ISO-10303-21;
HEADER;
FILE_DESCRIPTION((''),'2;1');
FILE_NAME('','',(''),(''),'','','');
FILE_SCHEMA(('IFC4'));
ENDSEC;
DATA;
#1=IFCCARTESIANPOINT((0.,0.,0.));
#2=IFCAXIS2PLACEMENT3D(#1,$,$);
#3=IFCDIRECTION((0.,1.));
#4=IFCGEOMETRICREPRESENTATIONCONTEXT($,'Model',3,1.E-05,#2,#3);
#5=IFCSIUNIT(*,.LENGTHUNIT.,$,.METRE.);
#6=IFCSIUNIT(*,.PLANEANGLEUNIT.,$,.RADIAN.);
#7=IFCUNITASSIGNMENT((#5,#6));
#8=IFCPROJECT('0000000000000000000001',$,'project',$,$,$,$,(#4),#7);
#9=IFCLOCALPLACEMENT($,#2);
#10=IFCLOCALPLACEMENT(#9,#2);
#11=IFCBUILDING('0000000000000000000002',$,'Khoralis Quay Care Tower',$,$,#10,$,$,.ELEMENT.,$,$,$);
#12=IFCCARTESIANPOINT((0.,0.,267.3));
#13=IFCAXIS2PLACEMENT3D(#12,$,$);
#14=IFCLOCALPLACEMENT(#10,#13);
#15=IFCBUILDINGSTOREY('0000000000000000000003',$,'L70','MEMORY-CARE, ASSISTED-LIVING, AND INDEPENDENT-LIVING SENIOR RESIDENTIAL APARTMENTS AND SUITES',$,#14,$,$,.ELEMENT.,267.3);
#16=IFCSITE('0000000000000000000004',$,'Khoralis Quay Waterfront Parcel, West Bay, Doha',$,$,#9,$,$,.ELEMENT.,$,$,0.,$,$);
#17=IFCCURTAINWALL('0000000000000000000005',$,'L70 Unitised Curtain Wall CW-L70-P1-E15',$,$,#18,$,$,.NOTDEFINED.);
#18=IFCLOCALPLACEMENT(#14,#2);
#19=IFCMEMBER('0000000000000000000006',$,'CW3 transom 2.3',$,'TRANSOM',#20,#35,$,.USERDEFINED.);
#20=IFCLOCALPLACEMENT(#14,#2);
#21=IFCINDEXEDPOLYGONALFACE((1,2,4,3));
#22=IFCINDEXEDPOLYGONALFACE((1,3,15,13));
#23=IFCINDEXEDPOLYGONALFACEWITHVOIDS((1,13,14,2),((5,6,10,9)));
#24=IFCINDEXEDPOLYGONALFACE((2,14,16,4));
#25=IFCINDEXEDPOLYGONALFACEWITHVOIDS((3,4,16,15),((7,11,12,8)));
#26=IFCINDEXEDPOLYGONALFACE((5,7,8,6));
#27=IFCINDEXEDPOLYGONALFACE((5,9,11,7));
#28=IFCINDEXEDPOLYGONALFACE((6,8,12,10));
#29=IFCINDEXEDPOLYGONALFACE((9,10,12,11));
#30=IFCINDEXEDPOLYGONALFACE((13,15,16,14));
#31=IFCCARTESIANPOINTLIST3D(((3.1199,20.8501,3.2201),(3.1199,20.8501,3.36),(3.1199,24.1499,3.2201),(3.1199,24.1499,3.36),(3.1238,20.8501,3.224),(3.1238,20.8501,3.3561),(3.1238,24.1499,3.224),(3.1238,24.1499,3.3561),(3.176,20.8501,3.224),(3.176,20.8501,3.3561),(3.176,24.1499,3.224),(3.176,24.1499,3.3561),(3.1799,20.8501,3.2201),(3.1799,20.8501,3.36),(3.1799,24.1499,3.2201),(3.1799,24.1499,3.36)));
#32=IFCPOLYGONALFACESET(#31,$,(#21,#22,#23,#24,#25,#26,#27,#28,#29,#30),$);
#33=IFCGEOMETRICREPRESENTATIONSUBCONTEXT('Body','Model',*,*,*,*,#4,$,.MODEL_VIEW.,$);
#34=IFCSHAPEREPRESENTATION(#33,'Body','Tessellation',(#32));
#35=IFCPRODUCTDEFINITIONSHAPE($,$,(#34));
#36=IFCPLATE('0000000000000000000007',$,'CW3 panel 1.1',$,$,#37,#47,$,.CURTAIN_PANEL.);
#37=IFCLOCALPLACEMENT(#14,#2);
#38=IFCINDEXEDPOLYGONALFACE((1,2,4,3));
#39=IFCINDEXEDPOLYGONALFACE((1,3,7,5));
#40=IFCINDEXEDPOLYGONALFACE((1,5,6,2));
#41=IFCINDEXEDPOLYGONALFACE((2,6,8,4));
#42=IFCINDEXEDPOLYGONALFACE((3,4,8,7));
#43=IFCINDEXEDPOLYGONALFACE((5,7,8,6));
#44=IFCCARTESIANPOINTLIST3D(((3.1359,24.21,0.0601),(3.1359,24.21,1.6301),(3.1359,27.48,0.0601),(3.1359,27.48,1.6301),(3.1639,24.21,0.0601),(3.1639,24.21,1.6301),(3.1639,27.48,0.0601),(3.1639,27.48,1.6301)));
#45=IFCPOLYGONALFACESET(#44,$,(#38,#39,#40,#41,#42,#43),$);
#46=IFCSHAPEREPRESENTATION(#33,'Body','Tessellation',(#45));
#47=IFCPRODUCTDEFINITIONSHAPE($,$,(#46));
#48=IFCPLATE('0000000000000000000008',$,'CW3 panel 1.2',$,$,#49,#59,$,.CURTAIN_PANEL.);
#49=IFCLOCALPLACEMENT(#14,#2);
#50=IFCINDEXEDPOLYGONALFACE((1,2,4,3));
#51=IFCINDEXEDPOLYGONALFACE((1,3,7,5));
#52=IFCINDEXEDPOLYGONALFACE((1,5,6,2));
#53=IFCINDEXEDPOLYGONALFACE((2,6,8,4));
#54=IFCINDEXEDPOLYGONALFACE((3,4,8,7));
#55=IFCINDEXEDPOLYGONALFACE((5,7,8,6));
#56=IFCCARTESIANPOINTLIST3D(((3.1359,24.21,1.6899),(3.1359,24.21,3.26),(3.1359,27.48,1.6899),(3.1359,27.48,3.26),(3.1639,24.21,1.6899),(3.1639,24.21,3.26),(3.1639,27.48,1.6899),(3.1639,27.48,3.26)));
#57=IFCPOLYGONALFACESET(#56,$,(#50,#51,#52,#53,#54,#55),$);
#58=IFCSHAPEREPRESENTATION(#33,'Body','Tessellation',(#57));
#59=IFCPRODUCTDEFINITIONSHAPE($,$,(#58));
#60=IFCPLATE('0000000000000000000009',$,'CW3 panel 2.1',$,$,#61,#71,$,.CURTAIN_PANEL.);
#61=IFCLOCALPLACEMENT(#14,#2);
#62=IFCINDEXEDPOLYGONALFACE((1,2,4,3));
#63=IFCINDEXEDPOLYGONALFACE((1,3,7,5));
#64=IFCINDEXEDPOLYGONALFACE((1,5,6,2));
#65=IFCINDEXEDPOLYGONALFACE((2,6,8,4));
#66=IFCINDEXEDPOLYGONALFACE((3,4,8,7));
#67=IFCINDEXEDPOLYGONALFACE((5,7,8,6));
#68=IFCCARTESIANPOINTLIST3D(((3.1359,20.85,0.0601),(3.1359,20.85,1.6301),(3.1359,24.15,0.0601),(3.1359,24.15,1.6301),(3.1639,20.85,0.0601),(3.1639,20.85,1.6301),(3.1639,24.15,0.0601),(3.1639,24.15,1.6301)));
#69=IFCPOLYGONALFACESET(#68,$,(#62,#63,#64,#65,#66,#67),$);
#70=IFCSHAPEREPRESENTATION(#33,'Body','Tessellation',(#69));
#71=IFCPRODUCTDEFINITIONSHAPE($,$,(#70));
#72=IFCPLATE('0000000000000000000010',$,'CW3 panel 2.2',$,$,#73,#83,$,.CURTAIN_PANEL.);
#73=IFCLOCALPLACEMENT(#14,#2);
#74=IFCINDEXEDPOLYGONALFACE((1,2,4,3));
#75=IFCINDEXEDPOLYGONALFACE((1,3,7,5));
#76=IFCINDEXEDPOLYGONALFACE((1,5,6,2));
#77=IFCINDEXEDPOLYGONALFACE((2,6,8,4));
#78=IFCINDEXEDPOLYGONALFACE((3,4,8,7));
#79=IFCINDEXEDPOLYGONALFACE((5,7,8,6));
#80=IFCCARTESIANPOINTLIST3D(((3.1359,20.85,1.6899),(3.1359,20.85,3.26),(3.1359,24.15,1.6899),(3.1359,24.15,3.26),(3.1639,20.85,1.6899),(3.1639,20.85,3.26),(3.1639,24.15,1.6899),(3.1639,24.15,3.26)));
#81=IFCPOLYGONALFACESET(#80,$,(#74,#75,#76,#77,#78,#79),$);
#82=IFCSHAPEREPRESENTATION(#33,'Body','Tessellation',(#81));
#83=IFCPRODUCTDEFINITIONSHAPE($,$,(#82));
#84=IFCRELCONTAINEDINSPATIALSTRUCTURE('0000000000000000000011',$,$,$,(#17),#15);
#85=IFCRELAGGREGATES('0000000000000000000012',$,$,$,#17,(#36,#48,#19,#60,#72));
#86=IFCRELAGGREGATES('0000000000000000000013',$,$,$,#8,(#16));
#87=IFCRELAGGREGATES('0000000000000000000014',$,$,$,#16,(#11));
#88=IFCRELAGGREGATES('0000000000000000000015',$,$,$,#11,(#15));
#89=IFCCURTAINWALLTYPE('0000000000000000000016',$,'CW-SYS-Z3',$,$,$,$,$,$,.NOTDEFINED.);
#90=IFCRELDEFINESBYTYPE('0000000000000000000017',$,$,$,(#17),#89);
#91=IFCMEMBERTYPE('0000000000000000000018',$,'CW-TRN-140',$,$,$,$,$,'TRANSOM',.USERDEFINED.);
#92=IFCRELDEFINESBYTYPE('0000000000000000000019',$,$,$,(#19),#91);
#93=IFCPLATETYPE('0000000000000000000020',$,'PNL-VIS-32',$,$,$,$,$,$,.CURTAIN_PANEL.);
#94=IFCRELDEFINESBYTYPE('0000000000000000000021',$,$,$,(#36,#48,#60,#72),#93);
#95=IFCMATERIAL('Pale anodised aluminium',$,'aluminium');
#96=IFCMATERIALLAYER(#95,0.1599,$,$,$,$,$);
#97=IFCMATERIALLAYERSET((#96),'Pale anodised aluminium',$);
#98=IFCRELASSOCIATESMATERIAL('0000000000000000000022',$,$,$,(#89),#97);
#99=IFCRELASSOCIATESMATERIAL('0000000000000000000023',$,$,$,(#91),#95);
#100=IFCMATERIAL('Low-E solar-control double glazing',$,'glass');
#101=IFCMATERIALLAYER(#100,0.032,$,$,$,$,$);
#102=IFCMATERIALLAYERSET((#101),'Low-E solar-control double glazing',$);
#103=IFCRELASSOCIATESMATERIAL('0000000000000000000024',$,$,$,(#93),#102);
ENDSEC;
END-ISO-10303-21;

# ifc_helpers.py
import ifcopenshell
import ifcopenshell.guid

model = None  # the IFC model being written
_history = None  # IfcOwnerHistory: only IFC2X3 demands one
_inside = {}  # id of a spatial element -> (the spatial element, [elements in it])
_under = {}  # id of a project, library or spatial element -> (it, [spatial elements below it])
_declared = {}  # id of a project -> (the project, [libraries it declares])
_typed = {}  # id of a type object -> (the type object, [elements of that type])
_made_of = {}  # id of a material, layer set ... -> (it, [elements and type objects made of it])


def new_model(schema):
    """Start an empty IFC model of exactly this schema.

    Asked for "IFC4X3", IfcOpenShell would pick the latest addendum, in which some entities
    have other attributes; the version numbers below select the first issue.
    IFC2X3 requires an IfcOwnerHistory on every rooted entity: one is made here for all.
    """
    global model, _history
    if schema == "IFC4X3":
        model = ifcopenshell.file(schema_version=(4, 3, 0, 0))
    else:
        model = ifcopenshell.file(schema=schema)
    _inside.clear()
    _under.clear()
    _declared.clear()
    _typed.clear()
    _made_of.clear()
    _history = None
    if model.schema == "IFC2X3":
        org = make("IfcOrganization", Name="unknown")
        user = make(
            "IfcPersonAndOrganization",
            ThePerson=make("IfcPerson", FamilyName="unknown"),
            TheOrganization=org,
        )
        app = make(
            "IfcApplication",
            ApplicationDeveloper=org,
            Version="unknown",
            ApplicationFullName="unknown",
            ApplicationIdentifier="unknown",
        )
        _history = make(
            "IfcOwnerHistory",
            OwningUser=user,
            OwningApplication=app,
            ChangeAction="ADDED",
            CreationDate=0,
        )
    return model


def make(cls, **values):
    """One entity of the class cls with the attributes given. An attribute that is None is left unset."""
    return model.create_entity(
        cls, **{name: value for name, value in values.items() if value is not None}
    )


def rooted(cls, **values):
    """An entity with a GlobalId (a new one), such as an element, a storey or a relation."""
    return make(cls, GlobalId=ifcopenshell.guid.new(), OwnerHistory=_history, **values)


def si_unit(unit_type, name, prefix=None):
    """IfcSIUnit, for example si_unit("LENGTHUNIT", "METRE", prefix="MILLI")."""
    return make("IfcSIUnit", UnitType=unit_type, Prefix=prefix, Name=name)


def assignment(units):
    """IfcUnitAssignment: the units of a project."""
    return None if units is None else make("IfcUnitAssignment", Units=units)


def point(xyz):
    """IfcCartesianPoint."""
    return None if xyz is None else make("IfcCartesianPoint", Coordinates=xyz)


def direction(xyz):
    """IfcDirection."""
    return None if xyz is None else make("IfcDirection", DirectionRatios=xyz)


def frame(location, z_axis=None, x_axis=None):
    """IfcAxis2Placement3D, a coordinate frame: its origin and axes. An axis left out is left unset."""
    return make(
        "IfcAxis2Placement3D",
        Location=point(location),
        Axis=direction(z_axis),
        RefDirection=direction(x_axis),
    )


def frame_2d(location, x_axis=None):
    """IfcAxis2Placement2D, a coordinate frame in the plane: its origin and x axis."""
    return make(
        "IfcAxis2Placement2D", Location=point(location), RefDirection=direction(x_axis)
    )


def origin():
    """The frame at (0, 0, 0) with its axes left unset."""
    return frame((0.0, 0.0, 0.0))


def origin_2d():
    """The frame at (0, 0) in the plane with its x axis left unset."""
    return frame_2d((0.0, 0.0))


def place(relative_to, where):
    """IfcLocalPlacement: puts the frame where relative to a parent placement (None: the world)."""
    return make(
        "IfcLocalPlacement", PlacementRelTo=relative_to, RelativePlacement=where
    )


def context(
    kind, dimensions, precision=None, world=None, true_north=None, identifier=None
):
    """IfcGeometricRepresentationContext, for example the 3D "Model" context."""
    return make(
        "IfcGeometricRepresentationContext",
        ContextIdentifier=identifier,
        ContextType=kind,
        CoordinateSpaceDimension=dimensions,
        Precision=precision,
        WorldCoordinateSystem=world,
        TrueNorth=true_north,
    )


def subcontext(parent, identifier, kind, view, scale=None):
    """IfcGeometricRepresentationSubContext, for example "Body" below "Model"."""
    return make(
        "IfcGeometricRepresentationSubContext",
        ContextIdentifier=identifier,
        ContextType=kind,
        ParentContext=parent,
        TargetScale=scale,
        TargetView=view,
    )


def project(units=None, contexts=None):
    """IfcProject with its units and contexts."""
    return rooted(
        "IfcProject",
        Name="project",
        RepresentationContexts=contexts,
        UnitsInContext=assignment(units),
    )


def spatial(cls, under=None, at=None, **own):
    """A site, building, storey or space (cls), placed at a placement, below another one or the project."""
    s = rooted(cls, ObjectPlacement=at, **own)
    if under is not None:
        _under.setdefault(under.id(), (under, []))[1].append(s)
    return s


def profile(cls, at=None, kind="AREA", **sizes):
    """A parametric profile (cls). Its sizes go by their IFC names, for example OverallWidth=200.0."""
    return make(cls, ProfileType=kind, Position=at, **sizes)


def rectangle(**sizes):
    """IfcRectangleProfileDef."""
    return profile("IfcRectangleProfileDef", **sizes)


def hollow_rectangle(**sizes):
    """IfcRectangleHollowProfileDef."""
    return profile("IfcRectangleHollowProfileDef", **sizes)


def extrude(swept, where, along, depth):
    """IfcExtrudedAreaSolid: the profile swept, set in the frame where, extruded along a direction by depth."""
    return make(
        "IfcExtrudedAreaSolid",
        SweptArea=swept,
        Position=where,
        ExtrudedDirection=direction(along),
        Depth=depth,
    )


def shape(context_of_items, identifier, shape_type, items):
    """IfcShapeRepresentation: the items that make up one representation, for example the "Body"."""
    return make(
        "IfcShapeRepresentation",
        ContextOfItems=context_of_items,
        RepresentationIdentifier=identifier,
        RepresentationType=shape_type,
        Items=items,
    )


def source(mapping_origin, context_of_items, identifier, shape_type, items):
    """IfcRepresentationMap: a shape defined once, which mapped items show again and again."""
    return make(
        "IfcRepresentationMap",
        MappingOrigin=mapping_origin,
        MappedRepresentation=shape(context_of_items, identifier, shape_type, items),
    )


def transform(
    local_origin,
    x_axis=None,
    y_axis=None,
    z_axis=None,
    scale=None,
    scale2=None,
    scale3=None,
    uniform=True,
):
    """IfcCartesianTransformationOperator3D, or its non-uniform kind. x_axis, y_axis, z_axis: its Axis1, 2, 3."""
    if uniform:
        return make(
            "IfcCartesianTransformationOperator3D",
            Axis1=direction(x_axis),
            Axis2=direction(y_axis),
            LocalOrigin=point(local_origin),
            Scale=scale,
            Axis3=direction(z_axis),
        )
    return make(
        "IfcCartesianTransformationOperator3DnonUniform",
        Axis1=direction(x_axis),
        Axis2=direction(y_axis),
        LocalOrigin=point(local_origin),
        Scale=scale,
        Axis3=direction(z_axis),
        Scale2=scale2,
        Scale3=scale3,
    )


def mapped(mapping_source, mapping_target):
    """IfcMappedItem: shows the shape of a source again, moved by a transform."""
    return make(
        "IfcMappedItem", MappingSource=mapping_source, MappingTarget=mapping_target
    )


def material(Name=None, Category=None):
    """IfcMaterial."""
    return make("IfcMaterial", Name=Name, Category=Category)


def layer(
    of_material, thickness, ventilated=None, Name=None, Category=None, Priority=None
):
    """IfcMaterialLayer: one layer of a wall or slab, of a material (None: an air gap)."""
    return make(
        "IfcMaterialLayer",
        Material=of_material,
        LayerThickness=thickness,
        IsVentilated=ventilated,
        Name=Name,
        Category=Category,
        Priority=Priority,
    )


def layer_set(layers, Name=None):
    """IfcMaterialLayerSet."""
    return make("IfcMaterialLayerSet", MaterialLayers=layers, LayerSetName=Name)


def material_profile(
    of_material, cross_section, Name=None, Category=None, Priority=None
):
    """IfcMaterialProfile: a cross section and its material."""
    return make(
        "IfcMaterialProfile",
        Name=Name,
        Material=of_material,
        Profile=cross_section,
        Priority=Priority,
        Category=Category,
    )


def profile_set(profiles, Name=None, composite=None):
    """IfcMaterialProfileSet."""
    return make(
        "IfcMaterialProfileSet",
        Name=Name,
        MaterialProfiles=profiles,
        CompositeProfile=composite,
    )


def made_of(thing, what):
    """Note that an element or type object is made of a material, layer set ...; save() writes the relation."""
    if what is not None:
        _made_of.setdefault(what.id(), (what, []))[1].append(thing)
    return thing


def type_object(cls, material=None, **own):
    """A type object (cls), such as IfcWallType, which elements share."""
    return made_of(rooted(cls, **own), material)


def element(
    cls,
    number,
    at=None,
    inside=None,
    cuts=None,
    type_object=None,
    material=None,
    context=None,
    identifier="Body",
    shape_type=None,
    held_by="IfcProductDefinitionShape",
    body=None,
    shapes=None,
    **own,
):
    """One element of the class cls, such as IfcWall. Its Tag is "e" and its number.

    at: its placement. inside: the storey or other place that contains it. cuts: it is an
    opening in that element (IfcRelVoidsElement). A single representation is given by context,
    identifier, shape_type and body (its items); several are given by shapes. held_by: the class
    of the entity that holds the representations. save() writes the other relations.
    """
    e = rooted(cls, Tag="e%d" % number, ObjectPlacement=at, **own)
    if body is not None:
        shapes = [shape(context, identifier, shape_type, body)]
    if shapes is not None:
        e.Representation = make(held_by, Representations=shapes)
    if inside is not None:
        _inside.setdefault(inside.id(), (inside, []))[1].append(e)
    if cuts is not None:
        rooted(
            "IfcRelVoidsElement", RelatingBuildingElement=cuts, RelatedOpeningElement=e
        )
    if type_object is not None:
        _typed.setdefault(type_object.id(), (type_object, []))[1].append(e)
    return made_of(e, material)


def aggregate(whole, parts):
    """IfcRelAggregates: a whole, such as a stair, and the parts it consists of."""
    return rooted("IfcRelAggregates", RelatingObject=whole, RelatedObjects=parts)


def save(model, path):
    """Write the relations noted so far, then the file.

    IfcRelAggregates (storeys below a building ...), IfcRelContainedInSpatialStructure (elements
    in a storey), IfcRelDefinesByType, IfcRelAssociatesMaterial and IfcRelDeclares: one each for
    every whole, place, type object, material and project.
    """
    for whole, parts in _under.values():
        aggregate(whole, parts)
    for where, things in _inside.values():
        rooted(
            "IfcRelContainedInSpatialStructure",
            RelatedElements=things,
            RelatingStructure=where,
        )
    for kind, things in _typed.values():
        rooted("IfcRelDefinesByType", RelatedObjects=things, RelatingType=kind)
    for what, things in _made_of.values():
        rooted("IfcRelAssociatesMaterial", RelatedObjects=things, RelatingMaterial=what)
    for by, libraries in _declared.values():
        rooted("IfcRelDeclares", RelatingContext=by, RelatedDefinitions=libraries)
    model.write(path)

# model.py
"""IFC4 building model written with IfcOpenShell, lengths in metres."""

from ifc_helpers import new_model, si_unit, direction, frame, origin, origin_2d, place, context, subcontext, project, spatial, rectangle, hollow_rectangle, extrude, source, transform, mapped, material, layer, layer_set, material_profile, profile_set, type_object, element, aggregate, save


model = new_model("IFC4")

# Units and contexts
model_context = context("Model", 3, precision=1e-05, world=origin(), true_north=direction((0.0, 1.0)))
body_context = subcontext(model_context, "Body", "Model", "MODEL_VIEW")
ifc_project = project(units=[si_unit("LENGTHUNIT", "METRE"), si_unit("PLANEANGLEUNIT", "RADIAN")], contexts=[model_context])

# Site, building, storey
site_placement = place(None, origin())
site = spatial("IfcSite", under=ifc_project, at=site_placement, Name="Khoralis Quay Waterfront Parcel, West Bay, Doha", CompositionType="ELEMENT", RefElevation=0.0)
building_placement = place(site_placement, origin())
building = spatial("IfcBuilding", under=site, at=building_placement, Name="Khoralis Quay Care Tower", CompositionType="ELEMENT")
storey_placement = place(building_placement, frame((0.0, 0.0, 267.3)))
storey = spatial("IfcBuildingStorey", under=building, at=storey_placement, Name="L70", Description="MEMORY-CARE, ASSISTED-LIVING, AND INDEPENDENT-LIVING SENIOR RESIDENTIAL APARTMENTS AND SUITES", CompositionType="ELEMENT", Elevation=267.3)

# Curtain wall, member, plates
ifc_material_1 = material(Name="Pale anodised aluminium", Category="aluminium")
ifc_layer_1 = layer(ifc_material_1, 0.1599)
ifc_layer_set_1 = layer_set([ifc_layer_1], Name="Pale anodised aluminium")
curtain_wall_type = type_object("IfcCurtainWallType", Name="CW-SYS-Z3", PredefinedType="NOTDEFINED", material=ifc_layer_set_1)
curtain_wall_placement = place(storey_placement, origin())
curtain_wall = element("IfcCurtainWall", 1, at=curtain_wall_placement, inside=storey, type_object=curtain_wall_type, Name="L70 Unitised Curtain Wall CW-L70-P1-E15", PredefinedType="NOTDEFINED")
ifc_material_profile_1 = material_profile(ifc_material_1, hollow_rectangle(XDim=0.0601, YDim=0.1399, WallThickness=0.0039, at=origin_2d()), Name="Pale anodised aluminium")
ifc_profile_set_1 = profile_set([ifc_material_profile_1], Name="Pale anodised aluminium")
member_type_1 = type_object("IfcMemberType", Name="CW-TRN-140", ElementType="TRANSOM", PredefinedType="USERDEFINED", material=ifc_profile_set_1)
shared_shape_1 = source(origin(), body_context, "Body", "SweptSolid", [
    extrude(hollow_rectangle(XDim=0.0601, YDim=0.1399, WallThickness=0.0039, at=origin_2d()), origin(), (0.0, 0.0, 1.0), 3.2998),
])
member_1_placement = place(storey_placement, frame((3.1499, 24.1499, 3.29), z_axis=(0.0, -1.0, 0.0), x_axis=(1.0, 0.0, 0.0)))
member_1 = element("IfcMember", 2, at=member_1_placement, type_object=member_type_1, Name="CW3 transom 2.3", ObjectType="TRANSOM", PredefinedType="USERDEFINED", context=body_context, shape_type="MappedRepresentation", body=[
    mapped(shared_shape_1, transform((0.0, 0.0, 0.0), scale=1.0)),
])
ifc_material_2 = material(Name="Low-E solar-control double glazing", Category="glass")
ifc_layer_2 = layer(ifc_material_2, 0.032)
ifc_layer_set_2 = layer_set([ifc_layer_2], Name="Low-E solar-control double glazing")
plate_type = type_object("IfcPlateType", Name="PNL-VIS-32", PredefinedType="CURTAIN_PANEL", material=ifc_layer_set_2)
shared_shape_2 = source(origin(), body_context, "Body", "SweptSolid", [
    extrude(rectangle(XDim=3.27, YDim=0.0281, at=origin_2d()), origin(), (0.0, 0.0, 1.0), 1.5701),
])
plate_1_placement = place(storey_placement, frame((3.1499, 25.845, 0.0601), z_axis=(0.0, 0.0, 1.0), x_axis=(0.0, -1.0, 0.0)))
plate_1 = element("IfcPlate", 3, at=plate_1_placement, type_object=plate_type, Name="CW3 panel 1.1", PredefinedType="CURTAIN_PANEL", context=body_context, shape_type="MappedRepresentation", body=[
    mapped(shared_shape_2, transform((0.0, 0.0, 0.0), scale=1.0)),
])
plate_2_placement = place(storey_placement, frame((3.1499, 25.845, 1.6899), z_axis=(0.0, 0.0, 1.0), x_axis=(0.0, -1.0, 0.0)))
plate_2 = element("IfcPlate", 4, at=plate_2_placement, type_object=plate_type, Name="CW3 panel 1.2", PredefinedType="CURTAIN_PANEL", context=body_context, shape_type="MappedRepresentation", body=[
    mapped(shared_shape_2, transform((0.0, 0.0, 0.0), scale=1.0)),
])
shared_shape_3 = source(origin(), body_context, "Body", "SweptSolid", [
    extrude(rectangle(XDim=3.3, YDim=0.0281, at=origin_2d()), origin(), (0.0, 0.0, 1.0), 1.5701),
])
plate_3_placement = place(storey_placement, frame((3.1499, 22.5, 0.0601), z_axis=(0.0, 0.0, 1.0), x_axis=(0.0, -1.0, 0.0)))
plate_3 = element("IfcPlate", 5, at=plate_3_placement, type_object=plate_type, Name="CW3 panel 2.1", PredefinedType="CURTAIN_PANEL", context=body_context, shape_type="MappedRepresentation", body=[
    mapped(shared_shape_3, transform((0.0, 0.0, 0.0), scale=1.0)),
])
plate_4_placement = place(storey_placement, frame((3.1499, 22.5, 1.6899), z_axis=(0.0, 0.0, 1.0), x_axis=(0.0, -1.0, 0.0)))
plate_4 = element("IfcPlate", 6, at=plate_4_placement, type_object=plate_type, Name="CW3 panel 2.2", PredefinedType="CURTAIN_PANEL", context=body_context, shape_type="MappedRepresentation", body=[
    mapped(shared_shape_3, transform((0.0, 0.0, 0.0), scale=1.0)),
])
aggregate(curtain_wall, [plate_1, plate_2, member_1, plate_3, plate_4])

save(model, "model.ifc")
